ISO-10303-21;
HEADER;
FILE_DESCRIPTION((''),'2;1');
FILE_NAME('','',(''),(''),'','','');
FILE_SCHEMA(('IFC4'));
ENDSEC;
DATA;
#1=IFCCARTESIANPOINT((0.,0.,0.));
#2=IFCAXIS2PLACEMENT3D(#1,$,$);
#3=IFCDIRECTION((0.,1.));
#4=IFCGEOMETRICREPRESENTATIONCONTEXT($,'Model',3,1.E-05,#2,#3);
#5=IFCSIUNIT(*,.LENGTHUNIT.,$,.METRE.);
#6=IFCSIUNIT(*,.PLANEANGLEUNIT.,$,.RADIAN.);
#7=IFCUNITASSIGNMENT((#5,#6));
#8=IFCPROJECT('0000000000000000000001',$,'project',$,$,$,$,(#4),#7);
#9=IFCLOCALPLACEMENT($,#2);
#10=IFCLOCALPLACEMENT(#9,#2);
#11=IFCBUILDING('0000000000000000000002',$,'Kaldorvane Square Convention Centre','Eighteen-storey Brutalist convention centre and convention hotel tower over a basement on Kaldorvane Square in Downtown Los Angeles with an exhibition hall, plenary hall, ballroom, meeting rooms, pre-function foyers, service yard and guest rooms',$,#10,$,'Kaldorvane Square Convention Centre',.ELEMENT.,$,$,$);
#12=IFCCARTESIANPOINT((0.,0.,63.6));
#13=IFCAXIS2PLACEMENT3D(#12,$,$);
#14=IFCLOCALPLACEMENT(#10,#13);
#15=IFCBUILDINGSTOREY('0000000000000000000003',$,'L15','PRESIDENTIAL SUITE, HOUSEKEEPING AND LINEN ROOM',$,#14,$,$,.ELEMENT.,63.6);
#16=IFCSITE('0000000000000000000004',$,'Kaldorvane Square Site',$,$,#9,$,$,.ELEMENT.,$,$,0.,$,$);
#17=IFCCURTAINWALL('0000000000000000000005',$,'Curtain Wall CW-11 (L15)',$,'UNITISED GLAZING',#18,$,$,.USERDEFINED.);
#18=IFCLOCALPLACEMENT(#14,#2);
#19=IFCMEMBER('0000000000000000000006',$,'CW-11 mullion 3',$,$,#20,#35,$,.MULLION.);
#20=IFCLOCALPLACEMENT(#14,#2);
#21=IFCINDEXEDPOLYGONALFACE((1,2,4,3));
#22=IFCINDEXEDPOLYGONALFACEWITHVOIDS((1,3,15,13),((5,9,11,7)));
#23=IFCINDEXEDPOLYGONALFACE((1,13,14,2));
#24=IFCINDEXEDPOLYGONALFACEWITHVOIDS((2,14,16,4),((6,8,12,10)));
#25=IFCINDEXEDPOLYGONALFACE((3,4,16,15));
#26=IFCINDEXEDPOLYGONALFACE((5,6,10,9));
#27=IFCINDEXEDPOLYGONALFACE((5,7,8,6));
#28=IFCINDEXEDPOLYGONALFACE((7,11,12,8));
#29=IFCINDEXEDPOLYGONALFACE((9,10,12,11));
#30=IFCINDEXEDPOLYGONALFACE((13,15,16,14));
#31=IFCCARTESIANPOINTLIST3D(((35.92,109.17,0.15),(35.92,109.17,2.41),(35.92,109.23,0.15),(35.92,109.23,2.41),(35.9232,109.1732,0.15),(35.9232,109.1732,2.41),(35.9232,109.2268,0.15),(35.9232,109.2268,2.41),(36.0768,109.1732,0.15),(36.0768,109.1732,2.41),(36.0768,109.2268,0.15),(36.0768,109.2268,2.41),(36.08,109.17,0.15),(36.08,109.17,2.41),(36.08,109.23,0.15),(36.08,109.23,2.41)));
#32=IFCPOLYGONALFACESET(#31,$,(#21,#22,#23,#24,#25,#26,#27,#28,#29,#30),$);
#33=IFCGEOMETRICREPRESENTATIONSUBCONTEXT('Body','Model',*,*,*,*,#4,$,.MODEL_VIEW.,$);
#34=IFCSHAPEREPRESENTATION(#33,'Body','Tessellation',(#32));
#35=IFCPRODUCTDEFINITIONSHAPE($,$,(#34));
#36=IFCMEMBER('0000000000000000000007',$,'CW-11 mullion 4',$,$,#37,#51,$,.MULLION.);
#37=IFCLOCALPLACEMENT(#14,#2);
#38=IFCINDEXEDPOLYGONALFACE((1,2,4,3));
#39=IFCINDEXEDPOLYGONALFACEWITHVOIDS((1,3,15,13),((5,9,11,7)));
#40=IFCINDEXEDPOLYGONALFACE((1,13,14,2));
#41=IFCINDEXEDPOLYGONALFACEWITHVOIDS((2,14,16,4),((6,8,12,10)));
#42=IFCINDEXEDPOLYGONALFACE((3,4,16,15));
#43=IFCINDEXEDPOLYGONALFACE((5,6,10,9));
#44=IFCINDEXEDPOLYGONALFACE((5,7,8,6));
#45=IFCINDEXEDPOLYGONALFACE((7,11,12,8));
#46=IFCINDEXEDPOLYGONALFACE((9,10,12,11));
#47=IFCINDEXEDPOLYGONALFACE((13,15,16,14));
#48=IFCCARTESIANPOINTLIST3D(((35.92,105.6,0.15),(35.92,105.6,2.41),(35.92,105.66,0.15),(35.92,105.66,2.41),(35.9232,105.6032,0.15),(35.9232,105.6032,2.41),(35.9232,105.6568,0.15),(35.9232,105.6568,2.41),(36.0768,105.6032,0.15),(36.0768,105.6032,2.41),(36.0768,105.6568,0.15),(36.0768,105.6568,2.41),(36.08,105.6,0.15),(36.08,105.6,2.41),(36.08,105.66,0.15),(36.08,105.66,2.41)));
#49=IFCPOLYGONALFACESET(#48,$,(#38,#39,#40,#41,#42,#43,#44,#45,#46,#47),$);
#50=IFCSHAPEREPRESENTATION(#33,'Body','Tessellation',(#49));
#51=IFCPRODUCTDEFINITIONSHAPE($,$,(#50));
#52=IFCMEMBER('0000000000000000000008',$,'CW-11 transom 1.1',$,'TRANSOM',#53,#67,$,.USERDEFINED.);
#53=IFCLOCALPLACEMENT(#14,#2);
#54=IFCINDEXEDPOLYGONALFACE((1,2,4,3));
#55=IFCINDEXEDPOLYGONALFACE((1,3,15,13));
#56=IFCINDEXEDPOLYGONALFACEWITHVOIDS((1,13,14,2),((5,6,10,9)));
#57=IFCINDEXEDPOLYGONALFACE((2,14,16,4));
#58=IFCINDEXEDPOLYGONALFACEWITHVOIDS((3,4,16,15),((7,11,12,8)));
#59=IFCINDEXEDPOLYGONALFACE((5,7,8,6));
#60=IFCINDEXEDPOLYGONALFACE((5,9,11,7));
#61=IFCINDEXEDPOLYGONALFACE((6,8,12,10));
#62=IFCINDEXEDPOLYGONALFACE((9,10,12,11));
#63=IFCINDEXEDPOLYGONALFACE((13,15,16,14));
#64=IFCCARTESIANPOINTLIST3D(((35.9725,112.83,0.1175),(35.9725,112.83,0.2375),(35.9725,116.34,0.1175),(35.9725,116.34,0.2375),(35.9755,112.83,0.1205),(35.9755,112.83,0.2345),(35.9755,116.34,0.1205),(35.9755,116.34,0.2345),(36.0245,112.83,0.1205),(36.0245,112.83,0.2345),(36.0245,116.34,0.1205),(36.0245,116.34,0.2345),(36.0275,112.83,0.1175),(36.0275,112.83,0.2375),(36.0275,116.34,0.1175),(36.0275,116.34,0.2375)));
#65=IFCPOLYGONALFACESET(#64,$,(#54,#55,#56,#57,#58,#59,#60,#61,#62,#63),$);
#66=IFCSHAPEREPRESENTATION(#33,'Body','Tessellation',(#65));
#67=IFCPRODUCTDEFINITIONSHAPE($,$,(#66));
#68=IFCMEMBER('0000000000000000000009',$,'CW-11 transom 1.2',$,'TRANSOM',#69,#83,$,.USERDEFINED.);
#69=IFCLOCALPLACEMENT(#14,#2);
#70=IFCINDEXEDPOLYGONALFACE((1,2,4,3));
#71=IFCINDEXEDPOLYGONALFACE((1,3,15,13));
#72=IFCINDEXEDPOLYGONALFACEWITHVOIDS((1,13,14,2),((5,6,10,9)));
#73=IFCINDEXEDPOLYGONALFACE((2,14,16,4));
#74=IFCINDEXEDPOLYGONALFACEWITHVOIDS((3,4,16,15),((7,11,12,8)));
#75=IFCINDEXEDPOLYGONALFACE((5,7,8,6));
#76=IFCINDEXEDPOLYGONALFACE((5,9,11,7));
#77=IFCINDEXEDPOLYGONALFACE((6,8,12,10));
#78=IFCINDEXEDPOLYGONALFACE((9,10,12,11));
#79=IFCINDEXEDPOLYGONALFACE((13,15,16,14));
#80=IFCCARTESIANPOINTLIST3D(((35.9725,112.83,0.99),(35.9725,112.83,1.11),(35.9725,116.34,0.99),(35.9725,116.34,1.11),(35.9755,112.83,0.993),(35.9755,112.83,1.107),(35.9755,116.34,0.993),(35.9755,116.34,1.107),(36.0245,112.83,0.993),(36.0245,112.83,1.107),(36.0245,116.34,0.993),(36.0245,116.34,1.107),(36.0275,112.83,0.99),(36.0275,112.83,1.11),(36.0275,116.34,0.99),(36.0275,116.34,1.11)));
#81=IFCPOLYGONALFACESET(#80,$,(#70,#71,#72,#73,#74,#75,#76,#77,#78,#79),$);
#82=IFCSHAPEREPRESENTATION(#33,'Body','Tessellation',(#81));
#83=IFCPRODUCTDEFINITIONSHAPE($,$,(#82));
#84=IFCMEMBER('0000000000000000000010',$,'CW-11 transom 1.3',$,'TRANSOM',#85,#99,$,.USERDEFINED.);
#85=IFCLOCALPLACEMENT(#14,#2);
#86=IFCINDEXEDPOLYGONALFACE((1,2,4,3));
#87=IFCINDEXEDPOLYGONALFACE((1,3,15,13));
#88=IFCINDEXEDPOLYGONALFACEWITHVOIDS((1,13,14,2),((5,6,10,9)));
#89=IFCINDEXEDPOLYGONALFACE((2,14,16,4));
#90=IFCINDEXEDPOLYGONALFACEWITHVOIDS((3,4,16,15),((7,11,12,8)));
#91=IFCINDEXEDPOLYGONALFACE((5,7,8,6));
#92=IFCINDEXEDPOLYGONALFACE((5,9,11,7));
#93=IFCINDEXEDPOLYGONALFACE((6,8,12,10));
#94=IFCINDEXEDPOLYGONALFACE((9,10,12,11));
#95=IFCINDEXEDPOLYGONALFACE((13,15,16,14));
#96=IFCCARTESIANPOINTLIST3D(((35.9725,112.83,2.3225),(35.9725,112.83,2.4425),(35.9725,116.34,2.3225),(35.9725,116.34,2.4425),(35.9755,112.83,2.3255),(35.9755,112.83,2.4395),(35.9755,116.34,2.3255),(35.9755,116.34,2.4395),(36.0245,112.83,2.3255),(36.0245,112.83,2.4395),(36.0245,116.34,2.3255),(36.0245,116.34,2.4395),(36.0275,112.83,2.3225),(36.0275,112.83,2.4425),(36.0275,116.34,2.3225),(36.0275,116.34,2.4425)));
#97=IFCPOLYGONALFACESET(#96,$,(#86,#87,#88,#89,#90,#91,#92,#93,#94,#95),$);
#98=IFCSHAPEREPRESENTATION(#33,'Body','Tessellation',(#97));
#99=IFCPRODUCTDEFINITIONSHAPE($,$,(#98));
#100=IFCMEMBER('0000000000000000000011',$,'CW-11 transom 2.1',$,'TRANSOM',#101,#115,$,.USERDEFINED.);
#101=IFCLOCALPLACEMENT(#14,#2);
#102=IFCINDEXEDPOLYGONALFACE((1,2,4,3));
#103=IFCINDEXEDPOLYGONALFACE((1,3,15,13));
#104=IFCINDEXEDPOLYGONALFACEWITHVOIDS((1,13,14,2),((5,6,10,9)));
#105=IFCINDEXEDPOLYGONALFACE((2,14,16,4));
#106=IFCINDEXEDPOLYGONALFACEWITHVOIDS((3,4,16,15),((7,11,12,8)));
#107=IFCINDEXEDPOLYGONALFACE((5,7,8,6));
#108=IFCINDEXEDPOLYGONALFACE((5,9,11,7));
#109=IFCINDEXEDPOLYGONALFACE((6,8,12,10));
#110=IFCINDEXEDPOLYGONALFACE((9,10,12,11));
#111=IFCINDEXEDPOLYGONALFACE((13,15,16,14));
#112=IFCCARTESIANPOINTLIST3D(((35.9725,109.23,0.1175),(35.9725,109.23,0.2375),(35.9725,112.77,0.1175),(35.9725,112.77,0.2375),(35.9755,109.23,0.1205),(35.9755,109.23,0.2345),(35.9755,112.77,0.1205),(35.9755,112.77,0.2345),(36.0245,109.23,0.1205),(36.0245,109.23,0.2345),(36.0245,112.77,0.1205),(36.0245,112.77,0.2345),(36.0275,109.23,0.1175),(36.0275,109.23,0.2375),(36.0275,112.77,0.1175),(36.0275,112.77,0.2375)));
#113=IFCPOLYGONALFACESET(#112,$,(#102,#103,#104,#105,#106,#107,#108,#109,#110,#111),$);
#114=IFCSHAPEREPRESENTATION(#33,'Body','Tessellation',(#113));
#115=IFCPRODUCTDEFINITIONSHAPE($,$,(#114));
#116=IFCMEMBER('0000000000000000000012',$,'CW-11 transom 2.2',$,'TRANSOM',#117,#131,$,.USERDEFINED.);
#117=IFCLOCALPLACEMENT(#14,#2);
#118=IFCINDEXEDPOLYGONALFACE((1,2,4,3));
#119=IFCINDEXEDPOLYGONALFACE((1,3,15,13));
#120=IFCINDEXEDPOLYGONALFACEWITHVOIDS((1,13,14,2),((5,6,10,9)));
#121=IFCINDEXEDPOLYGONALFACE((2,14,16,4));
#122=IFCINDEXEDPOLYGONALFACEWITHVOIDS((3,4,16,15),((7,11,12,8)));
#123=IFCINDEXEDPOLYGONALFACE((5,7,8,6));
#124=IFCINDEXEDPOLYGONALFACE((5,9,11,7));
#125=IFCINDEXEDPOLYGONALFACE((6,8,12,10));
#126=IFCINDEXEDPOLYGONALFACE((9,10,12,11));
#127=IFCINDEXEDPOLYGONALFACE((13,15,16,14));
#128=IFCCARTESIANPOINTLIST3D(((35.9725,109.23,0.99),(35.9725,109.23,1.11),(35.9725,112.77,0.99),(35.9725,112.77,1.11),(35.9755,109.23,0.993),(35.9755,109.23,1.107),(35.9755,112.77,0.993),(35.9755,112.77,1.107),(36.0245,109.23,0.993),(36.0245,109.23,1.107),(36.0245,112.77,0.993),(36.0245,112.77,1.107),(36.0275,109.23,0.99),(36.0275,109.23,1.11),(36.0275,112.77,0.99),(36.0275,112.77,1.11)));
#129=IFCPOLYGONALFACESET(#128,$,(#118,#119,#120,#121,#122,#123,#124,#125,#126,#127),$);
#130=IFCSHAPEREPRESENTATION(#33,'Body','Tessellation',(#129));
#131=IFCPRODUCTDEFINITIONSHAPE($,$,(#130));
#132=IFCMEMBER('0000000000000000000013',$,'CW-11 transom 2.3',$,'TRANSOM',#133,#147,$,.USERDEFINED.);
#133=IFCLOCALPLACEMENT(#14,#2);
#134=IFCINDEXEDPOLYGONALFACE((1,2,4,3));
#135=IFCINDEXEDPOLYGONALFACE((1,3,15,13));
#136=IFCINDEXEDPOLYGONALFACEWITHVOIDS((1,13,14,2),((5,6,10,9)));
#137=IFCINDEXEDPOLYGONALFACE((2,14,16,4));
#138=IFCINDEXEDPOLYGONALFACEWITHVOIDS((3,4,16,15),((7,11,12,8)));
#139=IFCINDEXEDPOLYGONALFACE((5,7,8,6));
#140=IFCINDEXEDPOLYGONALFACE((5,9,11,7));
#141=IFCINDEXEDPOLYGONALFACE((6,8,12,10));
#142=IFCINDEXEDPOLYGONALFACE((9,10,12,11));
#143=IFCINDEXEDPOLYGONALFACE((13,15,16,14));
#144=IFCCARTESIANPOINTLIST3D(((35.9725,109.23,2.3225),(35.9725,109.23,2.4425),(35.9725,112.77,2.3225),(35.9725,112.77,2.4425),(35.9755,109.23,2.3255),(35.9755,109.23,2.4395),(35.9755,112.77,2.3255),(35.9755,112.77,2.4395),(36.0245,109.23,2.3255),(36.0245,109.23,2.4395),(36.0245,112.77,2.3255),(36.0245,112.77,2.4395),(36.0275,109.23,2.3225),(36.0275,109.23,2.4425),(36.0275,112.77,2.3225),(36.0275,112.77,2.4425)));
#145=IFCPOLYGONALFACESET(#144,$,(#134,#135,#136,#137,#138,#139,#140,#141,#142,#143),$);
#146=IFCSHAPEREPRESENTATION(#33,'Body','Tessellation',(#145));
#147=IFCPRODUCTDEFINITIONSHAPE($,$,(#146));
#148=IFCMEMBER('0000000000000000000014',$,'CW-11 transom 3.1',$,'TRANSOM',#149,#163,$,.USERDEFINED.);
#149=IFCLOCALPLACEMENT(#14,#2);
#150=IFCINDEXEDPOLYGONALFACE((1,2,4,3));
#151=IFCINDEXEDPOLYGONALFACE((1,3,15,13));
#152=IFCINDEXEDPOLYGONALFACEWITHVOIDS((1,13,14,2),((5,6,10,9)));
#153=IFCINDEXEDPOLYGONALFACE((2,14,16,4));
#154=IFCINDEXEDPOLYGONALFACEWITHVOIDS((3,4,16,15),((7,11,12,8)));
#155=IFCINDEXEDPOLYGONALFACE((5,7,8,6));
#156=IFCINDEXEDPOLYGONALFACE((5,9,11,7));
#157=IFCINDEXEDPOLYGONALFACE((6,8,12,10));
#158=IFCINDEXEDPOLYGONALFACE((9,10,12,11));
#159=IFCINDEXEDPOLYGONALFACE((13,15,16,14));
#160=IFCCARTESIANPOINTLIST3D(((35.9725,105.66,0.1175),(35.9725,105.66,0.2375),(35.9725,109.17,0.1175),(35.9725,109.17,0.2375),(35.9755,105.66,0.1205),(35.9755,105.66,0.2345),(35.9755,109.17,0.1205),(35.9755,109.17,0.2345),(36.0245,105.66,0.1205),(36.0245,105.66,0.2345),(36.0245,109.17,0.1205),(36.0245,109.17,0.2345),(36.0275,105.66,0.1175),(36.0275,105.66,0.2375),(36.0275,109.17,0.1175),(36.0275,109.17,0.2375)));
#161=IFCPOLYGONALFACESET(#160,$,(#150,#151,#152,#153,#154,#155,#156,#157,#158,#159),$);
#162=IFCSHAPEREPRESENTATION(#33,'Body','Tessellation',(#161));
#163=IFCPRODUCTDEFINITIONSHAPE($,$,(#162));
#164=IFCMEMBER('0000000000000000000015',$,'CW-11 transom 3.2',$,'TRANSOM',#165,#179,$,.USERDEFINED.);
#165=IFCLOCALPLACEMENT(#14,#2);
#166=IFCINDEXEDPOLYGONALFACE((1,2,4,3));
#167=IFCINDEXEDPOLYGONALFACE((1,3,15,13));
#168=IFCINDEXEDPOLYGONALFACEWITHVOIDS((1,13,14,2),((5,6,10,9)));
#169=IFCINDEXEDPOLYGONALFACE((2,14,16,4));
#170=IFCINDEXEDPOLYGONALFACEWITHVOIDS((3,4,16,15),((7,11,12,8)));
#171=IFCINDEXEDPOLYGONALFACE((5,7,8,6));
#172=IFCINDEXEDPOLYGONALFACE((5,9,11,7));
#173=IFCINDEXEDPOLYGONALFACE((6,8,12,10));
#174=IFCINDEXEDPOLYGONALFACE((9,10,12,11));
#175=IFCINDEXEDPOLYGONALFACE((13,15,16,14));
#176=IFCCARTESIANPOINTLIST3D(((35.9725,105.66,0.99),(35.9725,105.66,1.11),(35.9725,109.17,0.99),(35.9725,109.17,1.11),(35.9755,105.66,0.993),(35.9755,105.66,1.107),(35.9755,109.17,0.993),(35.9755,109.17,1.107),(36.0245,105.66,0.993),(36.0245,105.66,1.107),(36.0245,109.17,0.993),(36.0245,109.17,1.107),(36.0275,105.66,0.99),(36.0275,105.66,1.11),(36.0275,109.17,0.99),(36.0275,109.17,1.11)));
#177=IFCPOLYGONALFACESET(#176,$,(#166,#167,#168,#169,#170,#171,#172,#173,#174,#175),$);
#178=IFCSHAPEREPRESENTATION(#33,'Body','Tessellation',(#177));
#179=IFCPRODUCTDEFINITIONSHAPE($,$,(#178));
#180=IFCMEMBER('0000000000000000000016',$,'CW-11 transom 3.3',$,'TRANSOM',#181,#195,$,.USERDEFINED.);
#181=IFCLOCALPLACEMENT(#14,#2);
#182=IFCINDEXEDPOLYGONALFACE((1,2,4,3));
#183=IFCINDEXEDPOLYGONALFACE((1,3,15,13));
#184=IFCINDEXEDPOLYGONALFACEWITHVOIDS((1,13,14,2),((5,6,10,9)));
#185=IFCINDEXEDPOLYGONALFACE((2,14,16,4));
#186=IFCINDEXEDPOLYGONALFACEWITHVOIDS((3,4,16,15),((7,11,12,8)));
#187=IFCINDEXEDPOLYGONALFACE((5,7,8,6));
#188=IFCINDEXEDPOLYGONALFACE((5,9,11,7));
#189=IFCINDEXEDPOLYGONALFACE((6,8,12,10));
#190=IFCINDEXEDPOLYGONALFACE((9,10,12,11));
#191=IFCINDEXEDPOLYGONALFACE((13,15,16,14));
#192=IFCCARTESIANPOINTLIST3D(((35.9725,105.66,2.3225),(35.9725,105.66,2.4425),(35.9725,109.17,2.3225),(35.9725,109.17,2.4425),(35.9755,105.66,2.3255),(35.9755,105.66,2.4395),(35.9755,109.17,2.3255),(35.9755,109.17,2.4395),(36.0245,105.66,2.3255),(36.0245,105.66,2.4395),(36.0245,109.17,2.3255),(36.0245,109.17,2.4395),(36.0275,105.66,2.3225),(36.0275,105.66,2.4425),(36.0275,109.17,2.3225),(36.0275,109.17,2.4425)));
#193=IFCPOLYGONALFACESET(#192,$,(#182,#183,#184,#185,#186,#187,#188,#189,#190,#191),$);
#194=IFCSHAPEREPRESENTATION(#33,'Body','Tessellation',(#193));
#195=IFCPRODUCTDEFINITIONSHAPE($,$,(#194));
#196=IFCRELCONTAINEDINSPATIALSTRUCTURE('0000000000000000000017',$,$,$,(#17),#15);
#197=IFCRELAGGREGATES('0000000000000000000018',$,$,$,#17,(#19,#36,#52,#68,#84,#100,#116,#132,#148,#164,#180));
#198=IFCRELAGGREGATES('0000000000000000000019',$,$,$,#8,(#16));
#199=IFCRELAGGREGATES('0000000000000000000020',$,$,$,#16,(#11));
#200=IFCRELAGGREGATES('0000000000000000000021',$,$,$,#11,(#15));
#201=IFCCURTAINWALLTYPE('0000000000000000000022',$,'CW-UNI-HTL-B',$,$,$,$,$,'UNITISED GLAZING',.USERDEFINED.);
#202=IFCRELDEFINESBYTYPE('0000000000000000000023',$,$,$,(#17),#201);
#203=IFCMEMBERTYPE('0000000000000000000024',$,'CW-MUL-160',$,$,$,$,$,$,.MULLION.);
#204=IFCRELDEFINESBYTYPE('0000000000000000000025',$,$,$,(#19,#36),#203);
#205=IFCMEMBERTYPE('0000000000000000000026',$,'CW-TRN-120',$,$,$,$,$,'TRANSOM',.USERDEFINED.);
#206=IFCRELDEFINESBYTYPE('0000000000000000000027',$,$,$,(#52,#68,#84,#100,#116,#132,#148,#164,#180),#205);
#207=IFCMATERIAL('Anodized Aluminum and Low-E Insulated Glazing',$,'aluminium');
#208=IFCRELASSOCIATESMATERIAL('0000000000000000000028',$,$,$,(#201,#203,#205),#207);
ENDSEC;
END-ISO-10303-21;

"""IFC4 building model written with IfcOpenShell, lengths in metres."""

from ifc_helpers import new_model, si_unit, direction, frame, origin, origin_2d, place, context, subcontext, project, spatial, hollow_rectangle, extrude, material, material_profile, profile_set, type_object, element, aggregate, save


model = new_model("IFC4")

# Units and contexts
model_context = context("Model", 3, precision=1e-05, world=origin(), true_north=direction((0.0, 1.0)))
body_context = subcontext(model_context, "Body", "Model", "MODEL_VIEW")
ifc_project = project(units=[si_unit("LENGTHUNIT", "METRE"), si_unit("PLANEANGLEUNIT", "RADIAN")], contexts=[model_context])

# Site, building, storey
site_placement = place(None, origin())
site = spatial("IfcSite", under=ifc_project, at=site_placement, Name="Kaldorvane Square Site", CompositionType="ELEMENT", RefElevation=0.0)
building_placement = place(site_placement, origin())
building = spatial("IfcBuilding", under=site, at=building_placement, Name="Kaldorvane Square Convention Centre", Description="Eighteen-storey Brutalist convention centre and convention hotel tower over a basement on Kaldorvane Square in Downtown Los Angeles with an exhibition hall, plenary hall, ballroom, meeting rooms, pre-function foyers, service yard and guest rooms", LongName="Kaldorvane Square Convention Centre", CompositionType="ELEMENT")
storey_placement = place(building_placement, frame((0.0, 0.0, 63.6)))
storey = spatial("IfcBuildingStorey", under=building, at=storey_placement, Name="L15", Description="PRESIDENTIAL SUITE, HOUSEKEEPING AND LINEN ROOM", CompositionType="ELEMENT", Elevation=63.6)

# Curtain wall, members
ifc_material_1 = material(Name="Anodized Aluminum and Low-E Insulated Glazing", Category="aluminium")
curtain_wall_type = type_object("IfcCurtainWallType", Name="CW-UNI-HTL-B", ElementType="UNITISED GLAZING", PredefinedType="USERDEFINED", material=ifc_material_1)
curtain_wall_placement = place(storey_placement, origin())
curtain_wall = element("IfcCurtainWall", 1, at=curtain_wall_placement, inside=storey, type_object=curtain_wall_type, Name="Curtain Wall CW-11 (L15)", ObjectType="UNITISED GLAZING", PredefinedType="USERDEFINED")
ifc_material_profile_1 = material_profile(ifc_material_1, hollow_rectangle(XDim=0.06, YDim=0.16, WallThickness=0.0032, at=origin_2d()), Name="CWM-160X60")
ifc_profile_set_1 = profile_set([ifc_material_profile_1], Name="Anodized Aluminum and Low-E Insulated Glazing")
member_type_1 = type_object("IfcMemberType", Name="CW-MUL-160", PredefinedType="MULLION", material=ifc_profile_set_1)
member_1_placement = place(storey_placement, frame((36.0, 109.2, 0.15), z_axis=(0.0, 0.0, 1.0), x_axis=(0.0, -1.0, 0.0)))
member_1 = element("IfcMember", 2, at=member_1_placement, type_object=member_type_1, Name="CW-11 mullion 3", PredefinedType="MULLION", context=body_context, shape_type="SweptSolid", body=[
    extrude(hollow_rectangle(XDim=0.06, YDim=0.16, WallThickness=0.0032, at=origin_2d()), origin(), (0.0, 0.0, 1.0), 2.26),
])
member_2_placement = place(storey_placement, frame((36.0, 105.63, 0.15), z_axis=(0.0, 0.0, 1.0), x_axis=(0.0, -1.0, 0.0)))
member_2 = element("IfcMember", 3, at=member_2_placement, type_object=member_type_1, Name="CW-11 mullion 4", PredefinedType="MULLION", context=body_context, shape_type="SweptSolid", body=[
    extrude(hollow_rectangle(XDim=0.06, YDim=0.16, WallThickness=0.0032, at=origin_2d()), origin(), (0.0, 0.0, 1.0), 2.26),
])
ifc_material_profile_2 = material_profile(ifc_material_1, hollow_rectangle(XDim=0.055, YDim=0.12, WallThickness=0.003, at=origin_2d()), Name="CWT-120X55")
ifc_profile_set_2 = profile_set([ifc_material_profile_2], Name="Anodized Aluminum and Low-E Insulated Glazing")
member_type_2 = type_object("IfcMemberType", Name="CW-TRN-120", ElementType="TRANSOM", PredefinedType="USERDEFINED", material=ifc_profile_set_2)
member_3_placement = place(storey_placement, frame((36.0, 116.34, 0.1775), z_axis=(0.0, -1.0, 0.0), x_axis=(1.0, 0.0, 0.0)))
member_3 = element("IfcMember", 4, at=member_3_placement, type_object=member_type_2, Name="CW-11 transom 1.1", ObjectType="TRANSOM", PredefinedType="USERDEFINED", context=body_context, shape_type="SweptSolid", body=[
    extrude(hollow_rectangle(XDim=0.055, YDim=0.12, WallThickness=0.003, at=origin_2d()), origin(), (0.0, 0.0, 1.0), 3.51),
])
member_4_placement = place(storey_placement, frame((36.0, 116.34, 1.05), z_axis=(0.0, -1.0, 0.0), x_axis=(1.0, 0.0, 0.0)))
member_4 = element("IfcMember", 5, at=member_4_placement, type_object=member_type_2, Name="CW-11 transom 1.2", ObjectType="TRANSOM", PredefinedType="USERDEFINED", context=body_context, shape_type="SweptSolid", body=[
    extrude(hollow_rectangle(XDim=0.055, YDim=0.12, WallThickness=0.003, at=origin_2d()), origin(), (0.0, 0.0, 1.0), 3.51),
])
member_5_placement = place(storey_placement, frame((36.0, 116.34, 2.3825), z_axis=(0.0, -1.0, 0.0), x_axis=(1.0, 0.0, 0.0)))
member_5 = element("IfcMember", 6, at=member_5_placement, type_object=member_type_2, Name="CW-11 transom 1.3", ObjectType="TRANSOM", PredefinedType="USERDEFINED", context=body_context, shape_type="SweptSolid", body=[
    extrude(hollow_rectangle(XDim=0.055, YDim=0.12, WallThickness=0.003, at=origin_2d()), origin(), (0.0, 0.0, 1.0), 3.51),
])
member_6_placement = place(storey_placement, frame((36.0, 112.77, 0.1775), z_axis=(0.0, -1.0, 0.0), x_axis=(1.0, 0.0, 0.0)))
member_6 = element("IfcMember", 7, at=member_6_placement, type_object=member_type_2, Name="CW-11 transom 2.1", ObjectType="TRANSOM", PredefinedType="USERDEFINED", context=body_context, shape_type="SweptSolid", body=[
    extrude(hollow_rectangle(XDim=0.055, YDim=0.12, WallThickness=0.003, at=origin_2d()), origin(), (0.0, 0.0, 1.0), 3.54),
])
member_7_placement = place(storey_placement, frame((36.0, 112.77, 1.05), z_axis=(0.0, -1.0, 0.0), x_axis=(1.0, 0.0, 0.0)))
member_7 = element("IfcMember", 8, at=member_7_placement, type_object=member_type_2, Name="CW-11 transom 2.2", ObjectType="TRANSOM", PredefinedType="USERDEFINED", context=body_context, shape_type="SweptSolid", body=[
    extrude(hollow_rectangle(XDim=0.055, YDim=0.12, WallThickness=0.003, at=origin_2d()), origin(), (0.0, 0.0, 1.0), 3.54),
])
member_8_placement = place(storey_placement, frame((36.0, 112.77, 2.3825), z_axis=(0.0, -1.0, 0.0), x_axis=(1.0, 0.0, 0.0)))
member_8 = element("IfcMember", 9, at=member_8_placement, type_object=member_type_2, Name="CW-11 transom 2.3", ObjectType="TRANSOM", PredefinedType="USERDEFINED", context=body_context, shape_type="SweptSolid", body=[
    extrude(hollow_rectangle(XDim=0.055, YDim=0.12, WallThickness=0.003, at=origin_2d()), origin(), (0.0, 0.0, 1.0), 3.54),
])
member_9_placement = place(storey_placement, frame((36.0, 109.17, 0.1775), z_axis=(0.0, -1.0, 0.0), x_axis=(1.0, 0.0, 0.0)))
member_9 = element("IfcMember", 10, at=member_9_placement, type_object=member_type_2, Name="CW-11 transom 3.1", ObjectType="TRANSOM", PredefinedType="USERDEFINED", context=body_context, shape_type="SweptSolid", body=[
    extrude(hollow_rectangle(XDim=0.055, YDim=0.12, WallThickness=0.003, at=origin_2d()), origin(), (0.0, 0.0, 1.0), 3.51),
])
member_10_placement = place(storey_placement, frame((36.0, 109.17, 1.05), z_axis=(0.0, -1.0, 0.0), x_axis=(1.0, 0.0, 0.0)))
member_10 = element("IfcMember", 11, at=member_10_placement, type_object=member_type_2, Name="CW-11 transom 3.2", ObjectType="TRANSOM", PredefinedType="USERDEFINED", context=body_context, shape_type="SweptSolid", body=[
    extrude(hollow_rectangle(XDim=0.055, YDim=0.12, WallThickness=0.003, at=origin_2d()), origin(), (0.0, 0.0, 1.0), 3.51),
])
member_11_placement = place(storey_placement, frame((36.0, 109.17, 2.3825), z_axis=(0.0, -1.0, 0.0), x_axis=(1.0, 0.0, 0.0)))
member_11 = element("IfcMember", 12, at=member_11_placement, type_object=member_type_2, Name="CW-11 transom 3.3", ObjectType="TRANSOM", PredefinedType="USERDEFINED", context=body_context, shape_type="SweptSolid", body=[
    extrude(hollow_rectangle(XDim=0.055, YDim=0.12, WallThickness=0.003, at=origin_2d()), origin(), (0.0, 0.0, 1.0), 3.51),
])
aggregate(curtain_wall, [member_1, member_2, member_3, member_4, member_5, member_6, member_7, member_8, member_9, member_10, member_11])

save(model, "model.ifc")
